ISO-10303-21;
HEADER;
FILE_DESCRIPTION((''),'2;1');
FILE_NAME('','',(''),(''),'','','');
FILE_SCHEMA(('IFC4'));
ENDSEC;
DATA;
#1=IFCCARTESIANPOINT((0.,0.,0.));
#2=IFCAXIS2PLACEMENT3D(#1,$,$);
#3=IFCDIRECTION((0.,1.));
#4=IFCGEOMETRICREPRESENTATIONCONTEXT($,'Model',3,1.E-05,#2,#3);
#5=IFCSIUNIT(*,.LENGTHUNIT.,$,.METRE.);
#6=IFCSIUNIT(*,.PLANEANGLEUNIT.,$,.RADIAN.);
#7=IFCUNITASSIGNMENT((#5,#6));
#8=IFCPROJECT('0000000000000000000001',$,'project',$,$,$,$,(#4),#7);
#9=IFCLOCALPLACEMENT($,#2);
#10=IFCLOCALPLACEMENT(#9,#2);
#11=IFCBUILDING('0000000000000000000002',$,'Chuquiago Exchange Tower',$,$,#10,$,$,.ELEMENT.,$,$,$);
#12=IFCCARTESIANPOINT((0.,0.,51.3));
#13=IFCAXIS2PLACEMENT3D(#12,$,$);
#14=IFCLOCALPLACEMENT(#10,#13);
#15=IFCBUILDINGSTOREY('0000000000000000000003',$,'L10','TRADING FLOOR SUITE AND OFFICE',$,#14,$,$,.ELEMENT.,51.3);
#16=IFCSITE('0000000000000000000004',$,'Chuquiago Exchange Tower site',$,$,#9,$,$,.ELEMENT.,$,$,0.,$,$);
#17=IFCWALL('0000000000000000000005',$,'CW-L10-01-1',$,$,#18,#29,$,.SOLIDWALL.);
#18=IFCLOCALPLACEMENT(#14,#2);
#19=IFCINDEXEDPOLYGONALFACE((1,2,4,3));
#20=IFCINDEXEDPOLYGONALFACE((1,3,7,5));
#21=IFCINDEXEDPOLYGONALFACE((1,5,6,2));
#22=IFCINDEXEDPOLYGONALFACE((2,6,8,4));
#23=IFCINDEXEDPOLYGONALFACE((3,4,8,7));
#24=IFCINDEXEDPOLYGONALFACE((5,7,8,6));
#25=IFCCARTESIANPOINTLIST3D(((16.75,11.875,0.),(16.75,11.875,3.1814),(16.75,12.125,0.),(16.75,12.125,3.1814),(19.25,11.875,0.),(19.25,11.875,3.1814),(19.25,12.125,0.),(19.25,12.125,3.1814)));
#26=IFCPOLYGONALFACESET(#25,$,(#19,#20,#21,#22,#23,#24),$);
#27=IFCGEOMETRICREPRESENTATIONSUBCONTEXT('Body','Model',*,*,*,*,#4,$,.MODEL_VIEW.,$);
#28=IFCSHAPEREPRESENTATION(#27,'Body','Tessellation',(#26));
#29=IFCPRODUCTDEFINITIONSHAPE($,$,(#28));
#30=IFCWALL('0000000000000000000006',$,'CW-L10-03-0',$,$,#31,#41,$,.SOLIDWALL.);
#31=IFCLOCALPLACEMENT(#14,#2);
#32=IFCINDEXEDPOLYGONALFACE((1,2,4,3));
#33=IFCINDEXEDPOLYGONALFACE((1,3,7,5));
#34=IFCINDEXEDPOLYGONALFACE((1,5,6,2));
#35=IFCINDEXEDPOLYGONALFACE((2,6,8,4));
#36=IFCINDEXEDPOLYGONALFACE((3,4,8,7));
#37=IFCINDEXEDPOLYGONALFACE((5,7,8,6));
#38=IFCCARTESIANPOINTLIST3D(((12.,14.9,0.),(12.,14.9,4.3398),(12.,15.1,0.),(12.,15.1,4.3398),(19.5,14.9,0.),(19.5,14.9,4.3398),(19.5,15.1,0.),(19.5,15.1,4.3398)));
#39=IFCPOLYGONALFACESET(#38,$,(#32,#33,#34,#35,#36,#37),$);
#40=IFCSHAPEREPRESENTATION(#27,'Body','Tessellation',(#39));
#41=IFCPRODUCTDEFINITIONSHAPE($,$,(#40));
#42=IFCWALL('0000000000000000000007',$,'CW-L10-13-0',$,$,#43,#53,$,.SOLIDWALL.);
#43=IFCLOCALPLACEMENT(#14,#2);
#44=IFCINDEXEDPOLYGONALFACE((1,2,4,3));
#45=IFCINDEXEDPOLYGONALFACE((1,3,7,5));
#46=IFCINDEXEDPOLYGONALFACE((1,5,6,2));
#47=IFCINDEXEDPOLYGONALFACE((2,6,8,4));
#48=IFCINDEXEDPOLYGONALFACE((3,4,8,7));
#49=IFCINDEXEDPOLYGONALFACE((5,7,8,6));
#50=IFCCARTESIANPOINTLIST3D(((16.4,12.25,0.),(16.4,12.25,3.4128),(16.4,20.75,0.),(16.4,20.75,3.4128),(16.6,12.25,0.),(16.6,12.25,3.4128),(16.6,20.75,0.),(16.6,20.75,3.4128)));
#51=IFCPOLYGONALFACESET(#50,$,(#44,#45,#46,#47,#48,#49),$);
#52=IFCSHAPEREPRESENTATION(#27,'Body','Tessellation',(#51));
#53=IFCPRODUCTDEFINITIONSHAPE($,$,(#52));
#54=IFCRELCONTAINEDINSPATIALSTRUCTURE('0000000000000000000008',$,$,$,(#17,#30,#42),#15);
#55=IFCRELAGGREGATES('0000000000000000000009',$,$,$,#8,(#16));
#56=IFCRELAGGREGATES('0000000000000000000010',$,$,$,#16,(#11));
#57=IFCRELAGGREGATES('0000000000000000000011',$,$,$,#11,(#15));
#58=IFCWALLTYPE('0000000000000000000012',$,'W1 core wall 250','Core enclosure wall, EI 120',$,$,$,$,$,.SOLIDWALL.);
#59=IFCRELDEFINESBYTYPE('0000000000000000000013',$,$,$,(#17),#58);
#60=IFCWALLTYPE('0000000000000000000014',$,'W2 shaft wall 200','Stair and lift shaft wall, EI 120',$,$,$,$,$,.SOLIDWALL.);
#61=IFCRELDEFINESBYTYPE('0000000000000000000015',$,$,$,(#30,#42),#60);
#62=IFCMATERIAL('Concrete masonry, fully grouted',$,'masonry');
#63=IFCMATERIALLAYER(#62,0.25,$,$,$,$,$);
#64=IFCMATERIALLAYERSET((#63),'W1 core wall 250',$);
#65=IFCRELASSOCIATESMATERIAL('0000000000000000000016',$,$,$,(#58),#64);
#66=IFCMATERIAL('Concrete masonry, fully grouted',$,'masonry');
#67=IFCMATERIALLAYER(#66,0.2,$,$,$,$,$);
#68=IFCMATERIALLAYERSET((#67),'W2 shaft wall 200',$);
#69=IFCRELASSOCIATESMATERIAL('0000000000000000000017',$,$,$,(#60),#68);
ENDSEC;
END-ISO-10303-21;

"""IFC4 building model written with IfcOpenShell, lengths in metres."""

from ifc_helpers import new_model, si_unit, direction, frame, frame_2d, origin, place, context, subcontext, project, spatial, rectangle, extrude, material, layer, layer_set, type_object, element, save


model = new_model("IFC4")

# Units and contexts
model_context = context("Model", 3, precision=1e-05, world=origin(), true_north=direction((0.0, 1.0)))
body_context = subcontext(model_context, "Body", "Model", "MODEL_VIEW")
ifc_project = project(units=[si_unit("LENGTHUNIT", "METRE"), si_unit("PLANEANGLEUNIT", "RADIAN")], contexts=[model_context])

# Site, building, storey
site_placement = place(None, origin())
site = spatial("IfcSite", under=ifc_project, at=site_placement, Name="Chuquiago Exchange Tower site", CompositionType="ELEMENT", RefElevation=0.0)
building_placement = place(site_placement, origin())
building = spatial("IfcBuilding", under=site, at=building_placement, Name="Chuquiago Exchange Tower", CompositionType="ELEMENT")
storey_placement = place(building_placement, frame((0.0, 0.0, 51.3)))
storey = spatial("IfcBuildingStorey", under=building, at=storey_placement, Name="L10", Description="TRADING FLOOR SUITE AND OFFICE", CompositionType="ELEMENT", Elevation=51.3)

# Shared definitions
ifc_material_1 = material(Name="Concrete masonry, fully grouted", Category="masonry")
ifc_layer_1 = layer(ifc_material_1, 0.25)
ifc_layer_set_1 = layer_set([ifc_layer_1], Name="W1 core wall 250")
wall_type_1 = type_object("IfcWallType", Name="W1 core wall 250", Description="Core enclosure wall, EI 120", PredefinedType="SOLIDWALL", material=ifc_layer_set_1)

# Walls
wall_1_placement = place(storey_placement, frame((16.75, 12.0, 0.0), z_axis=(0.0, 0.0, 1.0), x_axis=(1.0, 0.0, 0.0)))
element("IfcWall", 1, at=wall_1_placement, inside=storey, type_object=wall_type_1, Name="CW-L10-01-1", PredefinedType="SOLIDWALL", context=body_context, shape_type="SweptSolid", body=[
    extrude(rectangle(XDim=2.5, YDim=0.25, at=frame_2d((1.25, 0.0))), origin(), (0.0, 0.0, 1.0), 3.1814),
])
ifc_material_2 = material(Name="Concrete masonry, fully grouted", Category="masonry")
ifc_layer_2 = layer(ifc_material_2, 0.2)
ifc_layer_set_2 = layer_set([ifc_layer_2], Name="W2 shaft wall 200")
wall_type_2 = type_object("IfcWallType", Name="W2 shaft wall 200", Description="Stair and lift shaft wall, EI 120", PredefinedType="SOLIDWALL", material=ifc_layer_set_2)
wall_2_placement = place(storey_placement, frame((12.0, 15.0, 0.0), z_axis=(0.0, 0.0, 1.0), x_axis=(1.0, 0.0, 0.0)))
element("IfcWall", 2, at=wall_2_placement, inside=storey, type_object=wall_type_2, Name="CW-L10-03-0", PredefinedType="SOLIDWALL", context=body_context, shape_type="SweptSolid", body=[
    extrude(rectangle(XDim=7.5, YDim=0.2, at=frame_2d((3.75, 0.0))), origin(), (0.0, 0.0, 1.0), 4.3398),
])
wall_3_placement = place(storey_placement, frame((16.5, 12.25, 0.0), z_axis=(0.0, 0.0, 1.0), x_axis=(0.0, 1.0, 0.0)))
element("IfcWall", 3, at=wall_3_placement, inside=storey, type_object=wall_type_2, Name="CW-L10-13-0", PredefinedType="SOLIDWALL", context=body_context, shape_type="SweptSolid", body=[
    extrude(rectangle(XDim=8.5, YDim=0.2, at=frame_2d((4.25, 0.0))), origin(), (0.0, 0.0, 1.0), 3.4128),
])

save(model, "model.ifc")
